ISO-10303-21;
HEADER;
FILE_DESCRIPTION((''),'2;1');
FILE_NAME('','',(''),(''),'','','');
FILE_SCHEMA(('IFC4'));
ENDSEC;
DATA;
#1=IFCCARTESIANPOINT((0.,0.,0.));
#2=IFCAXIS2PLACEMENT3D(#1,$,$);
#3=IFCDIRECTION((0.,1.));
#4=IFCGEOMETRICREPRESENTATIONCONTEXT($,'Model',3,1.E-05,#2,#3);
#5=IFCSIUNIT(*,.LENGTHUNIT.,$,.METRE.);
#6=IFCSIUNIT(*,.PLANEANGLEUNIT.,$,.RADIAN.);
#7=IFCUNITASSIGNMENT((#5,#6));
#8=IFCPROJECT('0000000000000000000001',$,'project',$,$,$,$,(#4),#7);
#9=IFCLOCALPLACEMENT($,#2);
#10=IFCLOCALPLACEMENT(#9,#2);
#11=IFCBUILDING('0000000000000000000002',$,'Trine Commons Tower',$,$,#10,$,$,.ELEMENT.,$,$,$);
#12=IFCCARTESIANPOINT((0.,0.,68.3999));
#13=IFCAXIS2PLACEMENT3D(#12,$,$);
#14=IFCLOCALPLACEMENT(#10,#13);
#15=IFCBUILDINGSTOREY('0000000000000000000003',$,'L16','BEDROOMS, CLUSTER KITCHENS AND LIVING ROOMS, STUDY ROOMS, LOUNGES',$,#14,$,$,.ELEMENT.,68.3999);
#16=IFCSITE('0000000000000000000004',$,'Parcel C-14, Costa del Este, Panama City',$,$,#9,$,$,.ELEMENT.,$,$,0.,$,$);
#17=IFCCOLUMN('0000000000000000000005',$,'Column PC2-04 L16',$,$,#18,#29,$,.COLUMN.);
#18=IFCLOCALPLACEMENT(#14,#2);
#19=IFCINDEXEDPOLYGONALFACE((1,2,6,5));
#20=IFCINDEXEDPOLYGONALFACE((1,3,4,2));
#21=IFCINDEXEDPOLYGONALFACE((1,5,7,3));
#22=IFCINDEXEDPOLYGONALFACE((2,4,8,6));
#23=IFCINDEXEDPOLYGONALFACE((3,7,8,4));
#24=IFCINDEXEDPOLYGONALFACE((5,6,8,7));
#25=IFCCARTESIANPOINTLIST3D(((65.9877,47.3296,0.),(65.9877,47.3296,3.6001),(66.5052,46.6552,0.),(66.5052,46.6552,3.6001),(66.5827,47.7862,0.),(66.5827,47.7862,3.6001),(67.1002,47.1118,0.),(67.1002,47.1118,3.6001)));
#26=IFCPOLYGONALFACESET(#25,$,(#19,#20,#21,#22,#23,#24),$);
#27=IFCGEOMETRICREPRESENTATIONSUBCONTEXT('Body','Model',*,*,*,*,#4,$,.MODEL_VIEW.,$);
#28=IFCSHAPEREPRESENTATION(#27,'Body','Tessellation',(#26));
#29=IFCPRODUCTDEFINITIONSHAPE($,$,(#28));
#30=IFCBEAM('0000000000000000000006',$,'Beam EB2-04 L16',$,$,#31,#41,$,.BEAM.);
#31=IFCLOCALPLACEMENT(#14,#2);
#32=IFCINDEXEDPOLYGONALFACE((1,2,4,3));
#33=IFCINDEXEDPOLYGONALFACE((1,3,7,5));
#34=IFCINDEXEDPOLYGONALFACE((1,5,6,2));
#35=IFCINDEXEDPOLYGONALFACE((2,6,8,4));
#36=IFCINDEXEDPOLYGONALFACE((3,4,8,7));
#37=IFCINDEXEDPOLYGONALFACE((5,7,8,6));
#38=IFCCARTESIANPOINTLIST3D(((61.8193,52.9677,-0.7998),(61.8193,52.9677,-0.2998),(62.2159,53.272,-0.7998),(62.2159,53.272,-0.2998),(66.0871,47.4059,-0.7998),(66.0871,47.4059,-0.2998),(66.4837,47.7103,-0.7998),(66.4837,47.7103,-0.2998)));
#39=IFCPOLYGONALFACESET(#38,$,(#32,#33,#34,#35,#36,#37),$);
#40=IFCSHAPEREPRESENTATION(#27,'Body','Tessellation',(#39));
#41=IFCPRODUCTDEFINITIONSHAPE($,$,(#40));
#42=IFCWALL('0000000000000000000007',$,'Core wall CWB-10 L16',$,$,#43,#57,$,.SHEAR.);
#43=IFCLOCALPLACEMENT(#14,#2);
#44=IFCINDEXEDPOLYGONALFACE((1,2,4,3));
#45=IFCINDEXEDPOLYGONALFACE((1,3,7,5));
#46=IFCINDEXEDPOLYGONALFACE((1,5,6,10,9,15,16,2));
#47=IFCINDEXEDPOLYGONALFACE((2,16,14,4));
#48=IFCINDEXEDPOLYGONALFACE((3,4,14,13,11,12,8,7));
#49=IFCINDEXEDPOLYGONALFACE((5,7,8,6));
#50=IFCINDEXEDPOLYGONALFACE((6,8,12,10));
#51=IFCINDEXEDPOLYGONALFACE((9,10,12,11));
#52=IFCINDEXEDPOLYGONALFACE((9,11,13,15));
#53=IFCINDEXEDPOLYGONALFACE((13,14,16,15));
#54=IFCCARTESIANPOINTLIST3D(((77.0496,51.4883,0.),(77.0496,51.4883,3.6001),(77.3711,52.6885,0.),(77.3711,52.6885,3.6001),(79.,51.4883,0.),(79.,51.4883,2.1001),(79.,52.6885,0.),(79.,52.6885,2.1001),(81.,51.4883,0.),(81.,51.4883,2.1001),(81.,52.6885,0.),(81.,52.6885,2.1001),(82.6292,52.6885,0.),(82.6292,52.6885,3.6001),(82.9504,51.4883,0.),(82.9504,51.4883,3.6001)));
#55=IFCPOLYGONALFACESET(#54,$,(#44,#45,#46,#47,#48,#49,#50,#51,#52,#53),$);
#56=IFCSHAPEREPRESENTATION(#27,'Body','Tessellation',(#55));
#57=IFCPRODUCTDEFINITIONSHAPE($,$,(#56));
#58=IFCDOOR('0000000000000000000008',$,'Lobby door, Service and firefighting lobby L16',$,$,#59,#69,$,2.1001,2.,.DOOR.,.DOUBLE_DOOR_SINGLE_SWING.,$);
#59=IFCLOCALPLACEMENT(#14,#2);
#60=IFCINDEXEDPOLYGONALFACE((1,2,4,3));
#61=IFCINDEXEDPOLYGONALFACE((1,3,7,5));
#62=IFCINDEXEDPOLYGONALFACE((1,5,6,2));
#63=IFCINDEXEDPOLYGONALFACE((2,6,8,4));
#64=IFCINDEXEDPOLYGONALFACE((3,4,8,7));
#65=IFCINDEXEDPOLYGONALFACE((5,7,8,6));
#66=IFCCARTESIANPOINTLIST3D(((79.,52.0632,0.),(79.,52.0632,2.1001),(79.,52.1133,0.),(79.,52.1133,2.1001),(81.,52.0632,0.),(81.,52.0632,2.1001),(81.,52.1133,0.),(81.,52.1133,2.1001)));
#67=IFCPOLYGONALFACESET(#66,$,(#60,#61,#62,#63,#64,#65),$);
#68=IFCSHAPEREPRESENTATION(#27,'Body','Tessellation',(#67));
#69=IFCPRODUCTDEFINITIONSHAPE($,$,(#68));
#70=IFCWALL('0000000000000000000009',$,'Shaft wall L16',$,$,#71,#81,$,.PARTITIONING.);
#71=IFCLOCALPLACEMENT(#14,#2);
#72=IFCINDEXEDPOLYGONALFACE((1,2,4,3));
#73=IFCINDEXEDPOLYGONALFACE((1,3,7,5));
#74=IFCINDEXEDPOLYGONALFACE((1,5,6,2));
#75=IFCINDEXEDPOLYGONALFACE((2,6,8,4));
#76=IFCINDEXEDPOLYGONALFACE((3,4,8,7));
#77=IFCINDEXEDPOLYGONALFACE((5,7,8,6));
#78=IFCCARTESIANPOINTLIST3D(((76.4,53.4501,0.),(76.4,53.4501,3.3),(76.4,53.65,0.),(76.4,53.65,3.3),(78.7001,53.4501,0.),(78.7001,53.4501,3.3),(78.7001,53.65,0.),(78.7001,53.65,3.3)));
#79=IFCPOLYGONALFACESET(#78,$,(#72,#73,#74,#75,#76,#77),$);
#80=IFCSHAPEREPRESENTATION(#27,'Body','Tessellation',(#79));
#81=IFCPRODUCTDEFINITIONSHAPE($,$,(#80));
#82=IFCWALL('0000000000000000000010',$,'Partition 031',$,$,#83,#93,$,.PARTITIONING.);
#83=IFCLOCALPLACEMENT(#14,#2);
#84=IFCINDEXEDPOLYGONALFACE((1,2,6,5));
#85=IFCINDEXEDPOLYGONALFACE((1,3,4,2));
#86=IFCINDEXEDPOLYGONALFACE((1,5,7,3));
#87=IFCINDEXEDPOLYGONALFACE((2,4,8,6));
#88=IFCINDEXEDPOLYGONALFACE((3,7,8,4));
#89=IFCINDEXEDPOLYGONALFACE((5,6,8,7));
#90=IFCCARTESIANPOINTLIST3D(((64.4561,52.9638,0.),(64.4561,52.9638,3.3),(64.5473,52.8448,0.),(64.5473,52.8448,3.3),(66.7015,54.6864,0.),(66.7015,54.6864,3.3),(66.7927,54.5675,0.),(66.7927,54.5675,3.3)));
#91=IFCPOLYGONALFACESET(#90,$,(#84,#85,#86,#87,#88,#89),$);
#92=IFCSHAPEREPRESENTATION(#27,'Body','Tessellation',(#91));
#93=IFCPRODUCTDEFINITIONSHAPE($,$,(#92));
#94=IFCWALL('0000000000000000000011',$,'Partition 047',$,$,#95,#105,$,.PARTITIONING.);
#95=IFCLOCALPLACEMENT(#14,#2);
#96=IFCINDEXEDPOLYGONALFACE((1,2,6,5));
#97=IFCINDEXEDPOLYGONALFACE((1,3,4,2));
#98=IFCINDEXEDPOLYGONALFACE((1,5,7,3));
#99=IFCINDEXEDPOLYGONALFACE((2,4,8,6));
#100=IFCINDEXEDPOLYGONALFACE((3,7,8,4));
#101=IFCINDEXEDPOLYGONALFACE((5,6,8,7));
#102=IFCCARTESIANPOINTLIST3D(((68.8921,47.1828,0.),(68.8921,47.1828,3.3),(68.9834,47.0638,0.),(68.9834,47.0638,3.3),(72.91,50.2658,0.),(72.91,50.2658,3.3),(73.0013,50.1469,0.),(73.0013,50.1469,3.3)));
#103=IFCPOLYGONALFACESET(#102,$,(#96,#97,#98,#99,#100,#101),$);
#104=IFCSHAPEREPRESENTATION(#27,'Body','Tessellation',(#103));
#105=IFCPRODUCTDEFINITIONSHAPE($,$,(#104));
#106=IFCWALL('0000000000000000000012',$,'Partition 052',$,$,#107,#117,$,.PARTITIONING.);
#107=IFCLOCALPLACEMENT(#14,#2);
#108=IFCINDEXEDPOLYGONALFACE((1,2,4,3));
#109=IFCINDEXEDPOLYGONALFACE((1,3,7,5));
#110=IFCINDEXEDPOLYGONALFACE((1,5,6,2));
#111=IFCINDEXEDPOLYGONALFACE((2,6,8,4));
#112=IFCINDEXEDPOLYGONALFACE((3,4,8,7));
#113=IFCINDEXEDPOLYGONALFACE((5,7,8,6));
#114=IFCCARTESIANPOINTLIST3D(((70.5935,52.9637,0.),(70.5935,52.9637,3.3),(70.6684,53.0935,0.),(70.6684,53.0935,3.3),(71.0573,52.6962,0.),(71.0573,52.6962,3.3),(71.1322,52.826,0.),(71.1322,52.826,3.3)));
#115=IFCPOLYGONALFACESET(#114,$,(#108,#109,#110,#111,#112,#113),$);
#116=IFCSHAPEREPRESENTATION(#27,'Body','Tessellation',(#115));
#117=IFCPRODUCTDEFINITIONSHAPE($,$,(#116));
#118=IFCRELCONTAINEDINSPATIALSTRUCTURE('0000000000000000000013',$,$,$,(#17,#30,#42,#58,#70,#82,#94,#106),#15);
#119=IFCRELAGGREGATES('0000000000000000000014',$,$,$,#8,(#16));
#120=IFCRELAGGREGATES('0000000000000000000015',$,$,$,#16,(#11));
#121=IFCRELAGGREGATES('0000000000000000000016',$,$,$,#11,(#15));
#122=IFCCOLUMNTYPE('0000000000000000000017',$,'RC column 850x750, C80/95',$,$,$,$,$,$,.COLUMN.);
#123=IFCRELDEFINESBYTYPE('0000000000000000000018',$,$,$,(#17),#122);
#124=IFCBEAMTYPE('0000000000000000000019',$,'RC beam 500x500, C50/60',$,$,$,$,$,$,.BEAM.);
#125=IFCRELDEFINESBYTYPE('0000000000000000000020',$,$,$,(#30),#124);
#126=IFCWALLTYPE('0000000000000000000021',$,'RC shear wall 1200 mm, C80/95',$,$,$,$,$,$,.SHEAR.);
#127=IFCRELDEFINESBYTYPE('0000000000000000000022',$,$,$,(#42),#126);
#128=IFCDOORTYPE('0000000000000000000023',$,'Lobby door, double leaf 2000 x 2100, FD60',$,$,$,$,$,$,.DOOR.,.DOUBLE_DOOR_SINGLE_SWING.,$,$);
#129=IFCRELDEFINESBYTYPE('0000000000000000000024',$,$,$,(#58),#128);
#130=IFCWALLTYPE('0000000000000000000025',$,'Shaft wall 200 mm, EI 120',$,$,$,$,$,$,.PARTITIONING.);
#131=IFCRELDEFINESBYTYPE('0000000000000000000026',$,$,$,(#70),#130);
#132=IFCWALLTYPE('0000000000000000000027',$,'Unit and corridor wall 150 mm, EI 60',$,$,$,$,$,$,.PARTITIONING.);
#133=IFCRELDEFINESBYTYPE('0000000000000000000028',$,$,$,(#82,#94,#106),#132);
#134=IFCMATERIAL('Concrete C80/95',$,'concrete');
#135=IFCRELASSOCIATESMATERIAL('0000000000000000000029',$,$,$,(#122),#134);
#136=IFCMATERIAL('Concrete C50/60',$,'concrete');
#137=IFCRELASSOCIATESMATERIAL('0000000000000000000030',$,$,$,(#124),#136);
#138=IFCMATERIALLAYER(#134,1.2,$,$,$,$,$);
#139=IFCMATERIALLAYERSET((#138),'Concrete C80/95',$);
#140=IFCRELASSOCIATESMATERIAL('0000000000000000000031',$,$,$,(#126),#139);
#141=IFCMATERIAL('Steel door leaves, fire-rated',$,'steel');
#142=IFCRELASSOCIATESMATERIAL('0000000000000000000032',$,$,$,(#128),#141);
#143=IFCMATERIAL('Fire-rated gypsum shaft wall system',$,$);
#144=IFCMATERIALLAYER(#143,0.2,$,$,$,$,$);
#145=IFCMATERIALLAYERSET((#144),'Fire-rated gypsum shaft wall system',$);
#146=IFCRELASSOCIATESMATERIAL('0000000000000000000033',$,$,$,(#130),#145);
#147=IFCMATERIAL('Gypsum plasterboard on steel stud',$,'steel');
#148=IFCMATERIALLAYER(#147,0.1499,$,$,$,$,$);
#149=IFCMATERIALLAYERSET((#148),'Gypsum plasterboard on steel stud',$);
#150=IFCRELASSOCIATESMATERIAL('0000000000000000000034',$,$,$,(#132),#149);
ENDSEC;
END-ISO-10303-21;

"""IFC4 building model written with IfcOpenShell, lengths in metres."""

from ifc_helpers import new_model, si_unit, direction, frame, frame_2d, origin, origin_2d, place, context, subcontext, project, spatial, polyline, rectangle, outline, extrude, material, layer, layer_set, material_profile, profile_set, type_object, element, fill, save


model = new_model("IFC4")

# Units and contexts
model_context = context("Model", 3, precision=1e-05, world=origin(), true_north=direction((0.0, 1.0)))
body_context = subcontext(model_context, "Body", "Model", "MODEL_VIEW")
ifc_project = project(units=[si_unit("LENGTHUNIT", "METRE"), si_unit("PLANEANGLEUNIT", "RADIAN")], contexts=[model_context])

# Site, building, storey
site_placement = place(None, origin())
site = spatial("IfcSite", under=ifc_project, at=site_placement, Name="Parcel C-14, Costa del Este, Panama City", CompositionType="ELEMENT", RefElevation=0.0)
building_placement = place(site_placement, origin())
building = spatial("IfcBuilding", under=site, at=building_placement, Name="Trine Commons Tower", CompositionType="ELEMENT")
storey_placement = place(building_placement, frame((0.0, 0.0, 68.3999)))
storey = spatial("IfcBuildingStorey", under=building, at=storey_placement, Name="L16", Description="BEDROOMS, CLUSTER KITCHENS AND LIVING ROOMS, STUDY ROOMS, LOUNGES", CompositionType="ELEMENT", Elevation=68.3999)

# Column
ifc_material_1 = material(Name="Concrete C80/95", Category="concrete")
ifc_material_profile_1 = material_profile(ifc_material_1, rectangle(XDim=0.8501, YDim=0.75, at=origin_2d()), Name="RC 850x750")
ifc_profile_set_1 = profile_set([ifc_material_profile_1], Name="Concrete C80/95")
column_type = type_object("IfcColumnType", Name="RC column 850x750, C80/95", PredefinedType="COLUMN", material=ifc_profile_set_1)
column_placement = place(storey_placement, frame((66.5439, 47.2207, 0.0), z_axis=(0.0, 0.0, 1.0), x_axis=(-0.608761, 0.793353, 0.0)))
element("IfcColumn", 1, at=column_placement, inside=storey, type_object=column_type, Name="Column PC2-04 L16", PredefinedType="COLUMN", context=body_context, shape_type="SweptSolid", body=[
    extrude(rectangle(XDim=0.8501, YDim=0.75, at=origin_2d()), origin(), (0.0, 0.0, 1.0), 3.6001),
])

# Beam
ifc_material_2 = material(Name="Concrete C50/60", Category="concrete")
ifc_material_profile_2 = material_profile(ifc_material_2, rectangle(XDim=0.5, YDim=0.5, at=origin_2d()), Name="RC 500x500")
ifc_profile_set_2 = profile_set([ifc_material_profile_2], Name="Concrete C50/60")
beam_type = type_object("IfcBeamType", Name="RC beam 500x500, C50/60", PredefinedType="BEAM", material=ifc_profile_set_2)
beam_placement = place(storey_placement, frame((66.2854, 47.5581, -0.5498), z_axis=(-0.608773, 0.793345, 0.0), x_axis=(-0.793345, -0.608773, 0.0)))
element("IfcBeam", 2, at=beam_placement, inside=storey, type_object=beam_type, Name="Beam EB2-04 L16", PredefinedType="BEAM", context=body_context, shape_type="SweptSolid", body=[
    extrude(rectangle(XDim=0.5, YDim=0.5, at=origin_2d()), origin(), (0.0, 0.0, 1.0), 7.0105),
])

# Wall, opening, door
ifc_layer_1 = layer(ifc_material_1, 1.2)
ifc_layer_set_1 = layer_set([ifc_layer_1], Name="Concrete C80/95")
wall_type_1 = type_object("IfcWallType", Name="RC shear wall 1200 mm, C80/95", PredefinedType="SHEAR", material=ifc_layer_set_1)
wall_1_placement = place(storey_placement, frame((77.0496, 52.0884, 0.0), z_axis=(0.0, 0.0, 1.0), x_axis=(1.0, 0.0, 0.0)))
wall_1 = element("IfcWall", 3, at=wall_1_placement, inside=storey, type_object=wall_type_1, Name="Core wall CWB-10 L16", PredefinedType="SHEAR", context=body_context, shape_type="SweptSolid", body=[
    extrude(outline(polyline([(0.0, -0.6001), (5.9009, -0.6001), (5.5796, 0.6001), (0.3215, 0.6001), (0.0, -0.6001)])), origin(), (0.0, 0.0, 1.0), 3.6001),
])
opening_1_placement = place(wall_1_placement, frame((1.9504, 0.0, 0.0)))
opening_1 = element("IfcOpeningElement", 4, at=opening_1_placement, cuts=wall_1, PredefinedType="OPENING", context=body_context, shape_type="SweptSolid", body=[
    extrude(rectangle(XDim=2.0, YDim=2.1001, at=frame_2d((1.0, 1.05))), frame((0.0, 0.6099, 0.0), z_axis=(0.0, -1.0, 0.0), x_axis=(1.0, 0.0, 0.0)), (0.0, 0.0, 1.0), 1.22),
])
ifc_material_3 = material(Name="Steel door leaves, fire-rated", Category="steel")
door_type_1 = type_object("IfcDoorType", Name="Lobby door, double leaf 2000 x 2100, FD60", OperationType="DOUBLE_DOOR_SINGLE_SWING", PredefinedType="DOOR", material=ifc_material_3)
door_1_placement = place(opening_1_placement, origin())
door_1 = element("IfcDoor", 5, at=door_1_placement, inside=storey, type_object=door_type_1, Name="Lobby door, Service and firefighting lobby L16", OperationType="DOUBLE_DOOR_SINGLE_SWING", OverallHeight=2.1001, OverallWidth=2.0, PredefinedType="DOOR", context=body_context, shape_type="SweptSolid", body=[
    extrude(rectangle(XDim=2.0, YDim=2.1001, at=frame_2d((1.0, 1.05))), frame((0.0, 0.0249, 0.0), z_axis=(0.0, -1.0, 0.0), x_axis=(1.0, 0.0, 0.0)), (0.0, 0.0, 1.0), 0.05),
])
fill(opening_1, door_1)

# Walls
ifc_material_4 = material(Name="Fire-rated gypsum shaft wall system")
ifc_layer_2 = layer(ifc_material_4, 0.2)
ifc_layer_set_2 = layer_set([ifc_layer_2], Name="Fire-rated gypsum shaft wall system")
wall_type_2 = type_object("IfcWallType", Name="Shaft wall 200 mm, EI 120", PredefinedType="PARTITIONING", material=ifc_layer_set_2)
wall_2_placement = place(storey_placement, frame((78.7, 53.55, 0.0), z_axis=(0.0, 0.0, 1.0), x_axis=(-1.0, 0.0, 0.0)))
element("IfcWall", 6, at=wall_2_placement, inside=storey, type_object=wall_type_2, Name="Shaft wall L16", PredefinedType="PARTITIONING", context=body_context, shape_type="SweptSolid", body=[
    extrude(rectangle(XDim=2.3, YDim=0.2, at=frame_2d((1.1499, 0.0))), origin(), (0.0, 0.0, 1.0), 3.3),
])
ifc_material_5 = material(Name="Gypsum plasterboard on steel stud", Category="steel")
ifc_layer_3 = layer(ifc_material_5, 0.1499)
ifc_layer_set_3 = layer_set([ifc_layer_3], Name="Gypsum plasterboard on steel stud")
wall_type_3 = type_object("IfcWallType", Name="Unit and corridor wall 150 mm, EI 60", PredefinedType="PARTITIONING", material=ifc_layer_set_3)
wall_3_placement = place(storey_placement, frame((64.5017, 52.9043, 0.0), z_axis=(0.0, 0.0, 1.0), x_axis=(0.793399, 0.608701, 0.0)))
element("IfcWall", 7, at=wall_3_placement, inside=storey, type_object=wall_type_3, Name="Partition 031", PredefinedType="PARTITIONING", context=body_context, shape_type="SweptSolid", body=[
    extrude(rectangle(XDim=2.8301, YDim=0.1499, at=frame_2d((1.415, 0.0))), origin(), (0.0, 0.0, 1.0), 3.3),
])
wall_4_placement = place(storey_placement, frame((68.9377, 47.1233, 0.0), z_axis=(0.0, 0.0, 1.0), x_axis=(0.793351, 0.608764, 0.0)))
element("IfcWall", 8, at=wall_4_placement, inside=storey, type_object=wall_type_3, Name="Partition 047", PredefinedType="PARTITIONING", context=body_context, shape_type="SweptSolid", body=[
    extrude(rectangle(XDim=5.0645, YDim=0.1499, at=frame_2d((2.5322, 0.0))), origin(), (0.0, 0.0, 1.0), 3.3),
])
wall_5_placement = place(storey_placement, frame((70.6311, 53.0286, 0.0), z_axis=(0.0, 0.0, 1.0), x_axis=(0.866216, -0.49967, 0.0)))
element("IfcWall", 9, at=wall_5_placement, inside=storey, type_object=wall_type_3, Name="Partition 052", PredefinedType="PARTITIONING", context=body_context, shape_type="SweptSolid", body=[
    extrude(rectangle(XDim=0.5354, YDim=0.1499, at=frame_2d((0.2676, 0.0))), origin(), (0.0, 0.0, 1.0), 3.3),
])

save(model, "model.ifc")
